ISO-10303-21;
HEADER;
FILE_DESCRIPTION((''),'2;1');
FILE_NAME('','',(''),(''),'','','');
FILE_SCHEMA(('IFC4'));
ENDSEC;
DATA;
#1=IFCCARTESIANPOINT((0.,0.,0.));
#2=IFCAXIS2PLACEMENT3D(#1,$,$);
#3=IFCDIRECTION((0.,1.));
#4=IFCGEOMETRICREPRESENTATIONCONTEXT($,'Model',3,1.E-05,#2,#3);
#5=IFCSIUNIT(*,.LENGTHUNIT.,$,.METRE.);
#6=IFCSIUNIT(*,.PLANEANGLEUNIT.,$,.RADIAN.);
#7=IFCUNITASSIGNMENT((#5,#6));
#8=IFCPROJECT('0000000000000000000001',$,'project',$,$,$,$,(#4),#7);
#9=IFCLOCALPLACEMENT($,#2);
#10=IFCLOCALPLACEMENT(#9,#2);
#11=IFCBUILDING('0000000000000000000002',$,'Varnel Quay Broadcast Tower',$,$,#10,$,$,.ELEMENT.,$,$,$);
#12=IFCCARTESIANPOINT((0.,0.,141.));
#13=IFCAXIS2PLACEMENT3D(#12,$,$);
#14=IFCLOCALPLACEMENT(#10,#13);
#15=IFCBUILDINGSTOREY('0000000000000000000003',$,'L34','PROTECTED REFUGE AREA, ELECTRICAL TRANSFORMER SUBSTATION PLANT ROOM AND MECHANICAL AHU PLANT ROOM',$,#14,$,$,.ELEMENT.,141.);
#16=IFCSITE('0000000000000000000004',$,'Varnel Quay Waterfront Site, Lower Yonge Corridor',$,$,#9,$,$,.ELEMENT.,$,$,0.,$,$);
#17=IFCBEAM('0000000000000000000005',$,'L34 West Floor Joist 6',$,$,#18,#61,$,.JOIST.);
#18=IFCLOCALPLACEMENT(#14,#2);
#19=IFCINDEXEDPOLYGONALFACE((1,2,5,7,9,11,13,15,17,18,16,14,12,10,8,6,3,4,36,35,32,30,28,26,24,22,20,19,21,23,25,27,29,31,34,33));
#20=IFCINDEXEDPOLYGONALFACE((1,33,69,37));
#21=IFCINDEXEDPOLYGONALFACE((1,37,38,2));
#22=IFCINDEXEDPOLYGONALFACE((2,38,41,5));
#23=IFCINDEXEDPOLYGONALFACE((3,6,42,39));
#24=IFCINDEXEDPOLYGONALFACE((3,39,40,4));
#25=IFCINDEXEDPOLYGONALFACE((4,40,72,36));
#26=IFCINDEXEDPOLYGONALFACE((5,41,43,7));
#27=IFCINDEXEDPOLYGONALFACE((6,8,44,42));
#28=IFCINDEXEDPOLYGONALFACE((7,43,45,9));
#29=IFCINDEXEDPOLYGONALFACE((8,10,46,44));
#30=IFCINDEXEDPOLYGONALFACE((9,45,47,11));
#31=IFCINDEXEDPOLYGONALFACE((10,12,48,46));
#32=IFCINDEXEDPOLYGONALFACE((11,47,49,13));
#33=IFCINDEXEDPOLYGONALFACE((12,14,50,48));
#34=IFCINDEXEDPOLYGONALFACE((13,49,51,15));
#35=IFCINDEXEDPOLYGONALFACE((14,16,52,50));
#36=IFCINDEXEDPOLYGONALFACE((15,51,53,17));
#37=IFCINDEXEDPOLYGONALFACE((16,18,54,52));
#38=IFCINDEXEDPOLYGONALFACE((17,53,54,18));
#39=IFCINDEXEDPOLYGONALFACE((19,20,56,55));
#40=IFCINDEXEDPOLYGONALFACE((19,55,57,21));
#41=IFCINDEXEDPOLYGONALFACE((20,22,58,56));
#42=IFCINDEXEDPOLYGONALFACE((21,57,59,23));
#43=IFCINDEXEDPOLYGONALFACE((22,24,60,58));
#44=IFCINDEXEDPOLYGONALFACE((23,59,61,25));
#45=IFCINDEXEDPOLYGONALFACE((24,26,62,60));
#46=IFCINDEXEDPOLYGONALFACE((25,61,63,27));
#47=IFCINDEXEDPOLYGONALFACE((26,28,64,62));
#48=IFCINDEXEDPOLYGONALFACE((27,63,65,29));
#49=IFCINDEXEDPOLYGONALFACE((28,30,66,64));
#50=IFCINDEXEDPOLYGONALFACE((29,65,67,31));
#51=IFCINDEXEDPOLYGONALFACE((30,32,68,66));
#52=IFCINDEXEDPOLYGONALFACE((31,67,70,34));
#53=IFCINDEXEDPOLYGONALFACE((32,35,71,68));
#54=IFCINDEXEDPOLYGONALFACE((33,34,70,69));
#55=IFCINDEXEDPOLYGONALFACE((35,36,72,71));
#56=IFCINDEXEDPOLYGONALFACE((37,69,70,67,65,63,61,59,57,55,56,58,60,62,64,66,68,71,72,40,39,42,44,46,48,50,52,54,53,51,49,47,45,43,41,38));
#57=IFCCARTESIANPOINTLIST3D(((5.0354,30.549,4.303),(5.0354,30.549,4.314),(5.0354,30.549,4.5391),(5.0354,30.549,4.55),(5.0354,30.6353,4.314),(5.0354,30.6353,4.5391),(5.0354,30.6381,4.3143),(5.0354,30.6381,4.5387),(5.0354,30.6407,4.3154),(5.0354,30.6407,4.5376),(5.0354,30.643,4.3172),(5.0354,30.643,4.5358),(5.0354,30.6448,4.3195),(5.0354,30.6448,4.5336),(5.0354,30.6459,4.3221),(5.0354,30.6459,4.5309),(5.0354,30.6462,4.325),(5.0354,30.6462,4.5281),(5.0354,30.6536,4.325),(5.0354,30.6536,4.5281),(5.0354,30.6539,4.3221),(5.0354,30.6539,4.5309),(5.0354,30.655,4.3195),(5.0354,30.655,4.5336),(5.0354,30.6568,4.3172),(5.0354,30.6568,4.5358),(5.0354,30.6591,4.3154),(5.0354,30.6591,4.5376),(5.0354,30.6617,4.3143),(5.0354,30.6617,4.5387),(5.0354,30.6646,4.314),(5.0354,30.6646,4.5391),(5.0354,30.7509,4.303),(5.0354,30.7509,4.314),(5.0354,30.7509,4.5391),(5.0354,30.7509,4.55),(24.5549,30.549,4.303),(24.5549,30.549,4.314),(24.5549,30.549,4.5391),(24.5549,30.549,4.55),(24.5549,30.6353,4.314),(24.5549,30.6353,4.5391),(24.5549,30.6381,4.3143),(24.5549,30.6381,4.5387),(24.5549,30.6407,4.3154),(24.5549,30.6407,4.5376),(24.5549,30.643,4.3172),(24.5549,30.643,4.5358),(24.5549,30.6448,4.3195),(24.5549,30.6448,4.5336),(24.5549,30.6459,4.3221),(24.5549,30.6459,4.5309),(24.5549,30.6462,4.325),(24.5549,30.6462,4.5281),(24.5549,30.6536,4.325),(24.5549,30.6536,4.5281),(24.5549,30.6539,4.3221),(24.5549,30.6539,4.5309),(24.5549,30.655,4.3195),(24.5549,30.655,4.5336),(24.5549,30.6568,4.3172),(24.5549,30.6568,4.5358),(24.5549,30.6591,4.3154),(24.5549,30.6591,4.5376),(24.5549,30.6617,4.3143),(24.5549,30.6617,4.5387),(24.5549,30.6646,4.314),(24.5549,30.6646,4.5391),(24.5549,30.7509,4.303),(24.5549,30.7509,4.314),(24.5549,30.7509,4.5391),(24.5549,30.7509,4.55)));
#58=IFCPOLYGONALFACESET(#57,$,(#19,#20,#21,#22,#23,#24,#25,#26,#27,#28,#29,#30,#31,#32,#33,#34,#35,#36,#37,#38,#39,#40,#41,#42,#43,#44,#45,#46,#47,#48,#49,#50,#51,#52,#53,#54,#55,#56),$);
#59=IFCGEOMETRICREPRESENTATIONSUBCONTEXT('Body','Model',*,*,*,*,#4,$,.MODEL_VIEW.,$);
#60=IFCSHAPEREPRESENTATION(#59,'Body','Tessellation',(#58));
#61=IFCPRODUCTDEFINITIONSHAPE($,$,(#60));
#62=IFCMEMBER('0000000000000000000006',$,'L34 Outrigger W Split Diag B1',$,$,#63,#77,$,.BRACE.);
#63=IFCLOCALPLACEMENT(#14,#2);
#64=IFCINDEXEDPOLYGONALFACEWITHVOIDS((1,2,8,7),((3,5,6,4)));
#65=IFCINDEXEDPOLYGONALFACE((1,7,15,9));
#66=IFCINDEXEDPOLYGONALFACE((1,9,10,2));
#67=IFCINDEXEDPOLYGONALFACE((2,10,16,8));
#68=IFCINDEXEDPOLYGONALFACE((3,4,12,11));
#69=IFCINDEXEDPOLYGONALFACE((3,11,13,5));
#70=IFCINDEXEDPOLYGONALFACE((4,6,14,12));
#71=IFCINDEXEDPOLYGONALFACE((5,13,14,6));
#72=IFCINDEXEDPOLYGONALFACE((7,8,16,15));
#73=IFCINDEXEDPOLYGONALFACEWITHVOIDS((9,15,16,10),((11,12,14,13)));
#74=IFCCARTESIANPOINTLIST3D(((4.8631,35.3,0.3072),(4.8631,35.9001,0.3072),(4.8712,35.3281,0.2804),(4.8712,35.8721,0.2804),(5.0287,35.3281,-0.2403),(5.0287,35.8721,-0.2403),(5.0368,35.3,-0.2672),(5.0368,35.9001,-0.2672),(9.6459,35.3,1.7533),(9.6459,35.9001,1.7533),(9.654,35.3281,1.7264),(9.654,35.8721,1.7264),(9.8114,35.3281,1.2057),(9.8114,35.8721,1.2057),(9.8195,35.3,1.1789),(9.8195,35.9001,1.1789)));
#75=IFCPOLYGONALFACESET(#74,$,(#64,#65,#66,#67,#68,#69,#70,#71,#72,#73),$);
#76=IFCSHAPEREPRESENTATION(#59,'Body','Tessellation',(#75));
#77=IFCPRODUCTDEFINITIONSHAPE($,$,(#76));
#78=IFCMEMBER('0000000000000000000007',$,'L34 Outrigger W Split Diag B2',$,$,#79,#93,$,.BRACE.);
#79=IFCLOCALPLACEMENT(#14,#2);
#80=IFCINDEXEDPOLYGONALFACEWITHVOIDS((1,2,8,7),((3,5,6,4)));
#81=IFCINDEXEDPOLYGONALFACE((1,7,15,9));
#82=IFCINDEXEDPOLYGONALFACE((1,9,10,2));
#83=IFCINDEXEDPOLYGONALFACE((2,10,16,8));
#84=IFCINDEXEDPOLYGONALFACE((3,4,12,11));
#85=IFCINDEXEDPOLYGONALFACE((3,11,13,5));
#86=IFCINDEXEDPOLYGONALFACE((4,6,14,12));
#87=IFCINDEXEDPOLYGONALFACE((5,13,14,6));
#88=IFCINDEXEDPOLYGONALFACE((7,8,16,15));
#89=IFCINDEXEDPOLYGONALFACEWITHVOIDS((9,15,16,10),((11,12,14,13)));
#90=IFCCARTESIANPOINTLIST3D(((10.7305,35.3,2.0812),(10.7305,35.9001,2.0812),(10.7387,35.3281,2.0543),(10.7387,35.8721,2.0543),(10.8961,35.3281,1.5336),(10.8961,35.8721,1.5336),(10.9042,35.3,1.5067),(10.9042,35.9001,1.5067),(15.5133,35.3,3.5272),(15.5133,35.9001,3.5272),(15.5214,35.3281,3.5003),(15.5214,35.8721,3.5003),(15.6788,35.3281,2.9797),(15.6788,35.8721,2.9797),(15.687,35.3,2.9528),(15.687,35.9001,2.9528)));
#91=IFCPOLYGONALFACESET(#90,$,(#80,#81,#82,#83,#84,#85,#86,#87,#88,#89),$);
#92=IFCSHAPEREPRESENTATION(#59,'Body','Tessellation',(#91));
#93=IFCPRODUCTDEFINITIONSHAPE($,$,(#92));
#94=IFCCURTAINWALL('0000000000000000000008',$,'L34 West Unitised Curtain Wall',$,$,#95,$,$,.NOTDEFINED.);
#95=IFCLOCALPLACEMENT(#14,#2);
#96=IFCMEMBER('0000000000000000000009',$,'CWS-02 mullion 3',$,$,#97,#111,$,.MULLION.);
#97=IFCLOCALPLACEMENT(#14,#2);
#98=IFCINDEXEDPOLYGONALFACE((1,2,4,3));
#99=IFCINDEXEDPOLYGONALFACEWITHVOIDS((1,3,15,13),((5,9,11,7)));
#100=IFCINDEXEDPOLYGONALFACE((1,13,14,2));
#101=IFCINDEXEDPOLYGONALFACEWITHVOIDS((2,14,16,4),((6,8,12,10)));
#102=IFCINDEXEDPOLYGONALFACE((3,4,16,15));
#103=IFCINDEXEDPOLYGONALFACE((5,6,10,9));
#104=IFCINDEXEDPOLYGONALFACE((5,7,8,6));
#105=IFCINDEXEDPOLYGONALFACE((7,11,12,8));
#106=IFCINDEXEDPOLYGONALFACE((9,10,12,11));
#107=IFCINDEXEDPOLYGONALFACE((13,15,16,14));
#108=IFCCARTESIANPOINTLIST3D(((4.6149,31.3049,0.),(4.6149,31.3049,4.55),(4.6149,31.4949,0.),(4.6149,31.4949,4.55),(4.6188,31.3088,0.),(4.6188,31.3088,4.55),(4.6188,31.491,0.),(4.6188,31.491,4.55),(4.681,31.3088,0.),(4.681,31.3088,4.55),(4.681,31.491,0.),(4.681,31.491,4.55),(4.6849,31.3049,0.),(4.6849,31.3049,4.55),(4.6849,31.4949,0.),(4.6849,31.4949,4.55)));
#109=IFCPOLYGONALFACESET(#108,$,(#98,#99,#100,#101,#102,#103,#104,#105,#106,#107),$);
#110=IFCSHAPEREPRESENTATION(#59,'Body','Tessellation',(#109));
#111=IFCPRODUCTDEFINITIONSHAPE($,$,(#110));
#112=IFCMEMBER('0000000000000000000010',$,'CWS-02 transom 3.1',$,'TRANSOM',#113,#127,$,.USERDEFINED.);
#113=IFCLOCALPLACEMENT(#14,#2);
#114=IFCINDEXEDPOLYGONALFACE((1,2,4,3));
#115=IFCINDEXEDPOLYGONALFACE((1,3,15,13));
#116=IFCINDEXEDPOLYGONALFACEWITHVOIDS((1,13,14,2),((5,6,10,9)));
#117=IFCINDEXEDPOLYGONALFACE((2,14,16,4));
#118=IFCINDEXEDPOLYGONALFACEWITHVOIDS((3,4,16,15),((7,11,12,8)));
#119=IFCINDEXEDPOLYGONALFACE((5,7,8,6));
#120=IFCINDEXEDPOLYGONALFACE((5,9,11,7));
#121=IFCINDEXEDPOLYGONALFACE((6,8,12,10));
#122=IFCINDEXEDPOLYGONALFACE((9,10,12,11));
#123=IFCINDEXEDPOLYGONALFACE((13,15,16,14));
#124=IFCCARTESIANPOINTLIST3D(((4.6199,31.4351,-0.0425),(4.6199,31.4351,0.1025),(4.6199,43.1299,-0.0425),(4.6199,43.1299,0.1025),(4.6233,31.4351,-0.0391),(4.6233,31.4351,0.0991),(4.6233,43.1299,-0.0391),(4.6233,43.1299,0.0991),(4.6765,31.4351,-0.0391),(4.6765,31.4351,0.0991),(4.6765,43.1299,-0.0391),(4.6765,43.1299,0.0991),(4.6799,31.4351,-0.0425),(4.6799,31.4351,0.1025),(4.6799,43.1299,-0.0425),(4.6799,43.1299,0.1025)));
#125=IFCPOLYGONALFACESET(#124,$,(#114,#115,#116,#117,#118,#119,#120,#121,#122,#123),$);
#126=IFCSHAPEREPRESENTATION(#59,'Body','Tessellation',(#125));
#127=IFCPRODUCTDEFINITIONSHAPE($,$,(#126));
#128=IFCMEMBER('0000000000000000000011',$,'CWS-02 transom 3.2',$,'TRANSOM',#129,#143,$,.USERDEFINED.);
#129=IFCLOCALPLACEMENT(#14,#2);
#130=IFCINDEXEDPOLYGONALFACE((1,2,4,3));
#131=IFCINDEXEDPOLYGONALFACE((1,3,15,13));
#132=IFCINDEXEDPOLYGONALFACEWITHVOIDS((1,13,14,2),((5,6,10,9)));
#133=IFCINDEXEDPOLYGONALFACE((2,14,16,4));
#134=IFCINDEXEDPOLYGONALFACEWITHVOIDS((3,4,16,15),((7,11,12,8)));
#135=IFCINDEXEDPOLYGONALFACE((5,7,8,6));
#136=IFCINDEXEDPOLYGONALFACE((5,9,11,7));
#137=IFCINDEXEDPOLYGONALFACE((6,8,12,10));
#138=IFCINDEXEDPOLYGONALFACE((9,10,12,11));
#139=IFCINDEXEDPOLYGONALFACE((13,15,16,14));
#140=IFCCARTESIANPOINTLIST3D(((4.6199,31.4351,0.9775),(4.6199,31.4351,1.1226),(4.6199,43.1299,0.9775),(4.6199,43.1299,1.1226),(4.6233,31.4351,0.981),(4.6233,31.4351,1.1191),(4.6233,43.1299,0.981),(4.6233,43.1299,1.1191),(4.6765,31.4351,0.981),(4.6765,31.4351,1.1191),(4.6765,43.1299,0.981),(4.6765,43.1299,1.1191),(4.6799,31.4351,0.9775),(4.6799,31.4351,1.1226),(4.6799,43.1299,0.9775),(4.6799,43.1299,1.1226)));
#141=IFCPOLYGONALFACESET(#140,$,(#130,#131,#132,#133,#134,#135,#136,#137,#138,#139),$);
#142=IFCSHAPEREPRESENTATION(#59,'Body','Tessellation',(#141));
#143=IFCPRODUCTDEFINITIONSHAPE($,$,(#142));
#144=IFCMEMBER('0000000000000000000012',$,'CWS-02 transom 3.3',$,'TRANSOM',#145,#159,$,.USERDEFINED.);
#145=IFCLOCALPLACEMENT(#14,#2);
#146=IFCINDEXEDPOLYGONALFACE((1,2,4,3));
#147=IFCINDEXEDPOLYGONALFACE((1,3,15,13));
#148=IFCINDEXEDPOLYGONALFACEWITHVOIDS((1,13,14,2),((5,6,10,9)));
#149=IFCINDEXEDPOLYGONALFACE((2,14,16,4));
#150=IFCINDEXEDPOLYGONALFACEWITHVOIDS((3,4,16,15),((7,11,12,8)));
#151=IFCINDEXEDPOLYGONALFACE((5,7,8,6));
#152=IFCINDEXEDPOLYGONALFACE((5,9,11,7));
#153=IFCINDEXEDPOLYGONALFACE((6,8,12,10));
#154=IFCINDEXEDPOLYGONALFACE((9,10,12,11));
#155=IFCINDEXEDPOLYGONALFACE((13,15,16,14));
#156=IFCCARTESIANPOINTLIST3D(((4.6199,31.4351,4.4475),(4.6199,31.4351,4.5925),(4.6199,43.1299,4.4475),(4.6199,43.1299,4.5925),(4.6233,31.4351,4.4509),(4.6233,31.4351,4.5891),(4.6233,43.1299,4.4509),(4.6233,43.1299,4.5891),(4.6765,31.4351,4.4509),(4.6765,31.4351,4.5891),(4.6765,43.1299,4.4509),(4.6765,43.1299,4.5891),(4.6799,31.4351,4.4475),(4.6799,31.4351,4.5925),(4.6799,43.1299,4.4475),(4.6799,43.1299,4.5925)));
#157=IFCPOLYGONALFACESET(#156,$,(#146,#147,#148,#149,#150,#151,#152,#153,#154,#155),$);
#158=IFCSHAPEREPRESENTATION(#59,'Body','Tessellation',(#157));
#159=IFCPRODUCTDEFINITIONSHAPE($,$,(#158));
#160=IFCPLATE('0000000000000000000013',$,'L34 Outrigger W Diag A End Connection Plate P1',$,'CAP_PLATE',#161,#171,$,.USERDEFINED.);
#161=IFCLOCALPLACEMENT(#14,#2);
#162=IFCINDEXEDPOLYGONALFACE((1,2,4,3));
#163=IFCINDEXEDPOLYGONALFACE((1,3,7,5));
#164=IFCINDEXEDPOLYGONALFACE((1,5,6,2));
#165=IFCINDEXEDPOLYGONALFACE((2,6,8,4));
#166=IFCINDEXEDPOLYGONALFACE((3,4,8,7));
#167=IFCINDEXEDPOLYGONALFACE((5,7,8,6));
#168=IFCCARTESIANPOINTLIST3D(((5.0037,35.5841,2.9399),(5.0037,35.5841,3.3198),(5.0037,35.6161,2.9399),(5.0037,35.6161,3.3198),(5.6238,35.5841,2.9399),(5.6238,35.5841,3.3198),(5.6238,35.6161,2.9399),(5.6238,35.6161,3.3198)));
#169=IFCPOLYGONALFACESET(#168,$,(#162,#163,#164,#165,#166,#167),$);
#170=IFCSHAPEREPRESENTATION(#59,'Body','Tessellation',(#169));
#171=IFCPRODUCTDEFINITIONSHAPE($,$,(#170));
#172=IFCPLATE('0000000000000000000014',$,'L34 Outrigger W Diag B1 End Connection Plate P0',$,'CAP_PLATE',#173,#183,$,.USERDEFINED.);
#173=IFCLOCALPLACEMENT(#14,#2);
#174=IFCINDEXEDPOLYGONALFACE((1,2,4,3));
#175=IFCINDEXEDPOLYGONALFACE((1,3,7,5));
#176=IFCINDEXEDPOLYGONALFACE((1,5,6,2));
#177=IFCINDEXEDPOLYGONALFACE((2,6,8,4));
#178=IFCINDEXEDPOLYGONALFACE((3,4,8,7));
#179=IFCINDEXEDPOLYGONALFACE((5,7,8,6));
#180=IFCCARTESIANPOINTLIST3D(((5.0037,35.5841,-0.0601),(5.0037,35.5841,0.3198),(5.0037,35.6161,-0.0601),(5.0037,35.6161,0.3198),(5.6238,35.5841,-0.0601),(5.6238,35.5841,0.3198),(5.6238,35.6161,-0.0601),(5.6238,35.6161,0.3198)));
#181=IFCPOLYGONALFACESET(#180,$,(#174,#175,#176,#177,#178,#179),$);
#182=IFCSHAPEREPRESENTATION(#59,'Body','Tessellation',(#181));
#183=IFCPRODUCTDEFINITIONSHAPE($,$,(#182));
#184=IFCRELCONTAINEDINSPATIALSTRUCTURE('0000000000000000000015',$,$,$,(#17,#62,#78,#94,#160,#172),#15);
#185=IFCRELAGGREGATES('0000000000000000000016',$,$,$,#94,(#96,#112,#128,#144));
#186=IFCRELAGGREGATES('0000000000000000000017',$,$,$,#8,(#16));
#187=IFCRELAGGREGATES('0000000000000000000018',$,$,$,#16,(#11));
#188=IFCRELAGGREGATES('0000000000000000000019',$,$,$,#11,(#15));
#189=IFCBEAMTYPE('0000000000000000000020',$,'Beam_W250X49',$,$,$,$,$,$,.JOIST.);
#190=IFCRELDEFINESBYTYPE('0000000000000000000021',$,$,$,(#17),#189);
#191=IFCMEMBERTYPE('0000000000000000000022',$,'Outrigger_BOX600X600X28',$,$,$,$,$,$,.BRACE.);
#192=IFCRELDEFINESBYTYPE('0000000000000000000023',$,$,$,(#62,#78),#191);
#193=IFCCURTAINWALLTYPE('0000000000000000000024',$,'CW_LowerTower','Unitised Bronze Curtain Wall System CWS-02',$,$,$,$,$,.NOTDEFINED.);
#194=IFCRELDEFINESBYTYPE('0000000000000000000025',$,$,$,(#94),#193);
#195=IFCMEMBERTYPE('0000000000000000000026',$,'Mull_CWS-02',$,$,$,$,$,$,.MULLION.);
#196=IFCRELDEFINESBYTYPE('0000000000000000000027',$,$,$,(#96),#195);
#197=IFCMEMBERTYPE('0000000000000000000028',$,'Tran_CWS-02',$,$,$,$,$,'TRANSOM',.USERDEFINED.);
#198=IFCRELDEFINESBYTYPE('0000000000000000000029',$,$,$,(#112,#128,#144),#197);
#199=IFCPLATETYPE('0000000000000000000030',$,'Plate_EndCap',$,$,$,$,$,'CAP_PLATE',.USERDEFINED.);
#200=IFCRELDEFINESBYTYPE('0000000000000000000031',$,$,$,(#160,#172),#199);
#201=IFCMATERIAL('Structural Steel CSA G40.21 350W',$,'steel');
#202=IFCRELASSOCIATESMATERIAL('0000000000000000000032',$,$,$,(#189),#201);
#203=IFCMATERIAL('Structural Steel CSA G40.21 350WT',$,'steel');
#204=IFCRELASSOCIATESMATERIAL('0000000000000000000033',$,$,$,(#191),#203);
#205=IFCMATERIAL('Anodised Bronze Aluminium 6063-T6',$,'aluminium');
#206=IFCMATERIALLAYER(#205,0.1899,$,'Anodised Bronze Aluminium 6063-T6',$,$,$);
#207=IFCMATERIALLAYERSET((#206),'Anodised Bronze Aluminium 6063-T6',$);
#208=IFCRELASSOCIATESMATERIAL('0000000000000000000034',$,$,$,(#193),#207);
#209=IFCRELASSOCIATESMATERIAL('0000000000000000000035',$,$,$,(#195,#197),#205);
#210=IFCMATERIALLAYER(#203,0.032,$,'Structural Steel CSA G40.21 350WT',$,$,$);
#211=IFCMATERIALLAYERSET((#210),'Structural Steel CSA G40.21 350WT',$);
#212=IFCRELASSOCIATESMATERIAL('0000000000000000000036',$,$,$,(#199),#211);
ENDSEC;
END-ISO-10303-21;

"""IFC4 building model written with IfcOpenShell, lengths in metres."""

from ifc_helpers import new_model, si_unit, direction, frame, origin, origin_2d, place, context, subcontext, project, spatial, rectangle, hollow_rectangle, i_section, extrude, source, transform, mapped, material, layer, layer_set, material_profile, profile_set, type_object, type_shapes, element, aggregate, save


model = new_model("IFC4")

# Units and contexts
model_context = context("Model", 3, precision=1e-05, world=origin(), true_north=direction((0.0, 1.0)))
body_context = subcontext(model_context, "Body", "Model", "MODEL_VIEW")
ifc_project = project(units=[si_unit("LENGTHUNIT", "METRE"), si_unit("PLANEANGLEUNIT", "RADIAN")], contexts=[model_context])

# Site, building, storey
site_placement = place(None, origin())
site = spatial("IfcSite", under=ifc_project, at=site_placement, Name="Varnel Quay Waterfront Site, Lower Yonge Corridor", CompositionType="ELEMENT", RefElevation=0.0)
building_placement = place(site_placement, origin())
building = spatial("IfcBuilding", under=site, at=building_placement, Name="Varnel Quay Broadcast Tower", CompositionType="ELEMENT")
storey_placement = place(building_placement, frame((0.0, 0.0, 141.0)))
storey = spatial("IfcBuildingStorey", under=building, at=storey_placement, Name="L34", Description="PROTECTED REFUGE AREA, ELECTRICAL TRANSFORMER SUBSTATION PLANT ROOM AND MECHANICAL AHU PLANT ROOM", CompositionType="ELEMENT", Elevation=141.0)

# Shared definitions
ifc_material_1 = material(Name="Structural Steel CSA G40.21 350W", Category="steel")

# Beam
ifc_material_2 = material(Name="Structural Steel CSA G40.21 350WT", Category="steel")
ifc_material_profile_1 = material_profile(ifc_material_1, i_section(OverallWidth=0.2019, OverallDepth=0.2471, WebThickness=0.0073, FlangeThickness=0.011, FilletRadius=0.011, at=origin_2d()), Name="W250X49")
ifc_profile_set_1 = profile_set([ifc_material_profile_1], Name="Structural Steel CSA G40.21 350W")
beam_type_1 = type_object("IfcBeamType", Name="Beam_W250X49", PredefinedType="JOIST", material=ifc_profile_set_1)
shared_shape_1 = source(origin(), body_context, "Body", "SweptSolid", [
    extrude(i_section(OverallWidth=0.2019, OverallDepth=0.2471, WebThickness=0.0073, FlangeThickness=0.011, FilletRadius=0.011, at=origin_2d()), origin(), (0.0, 0.0, 1.0), 19.5195),
])
type_shapes(beam_type_1, [shared_shape_1])
beam_1_placement = place(storey_placement, frame((5.0354, 30.6499, 4.4265), z_axis=(1.0, 0.0, 0.0), x_axis=(0.0, 1.0, 0.0)))
element("IfcBeam", 1, at=beam_1_placement, inside=storey, type_object=beam_type_1, Name="L34 West Floor Joist 6", PredefinedType="JOIST", context=body_context, shape_type="MappedRepresentation", body=[
    mapped(shared_shape_1, transform((0.0, 0.0, 0.0), x_axis=(1.0, 0.0, 0.0), y_axis=(0.0, 1.0, 0.0), z_axis=(0.0, 0.0, 1.0), scale=1.0)),
])

# Members
ifc_material_profile_2 = material_profile(ifc_material_2, hollow_rectangle(XDim=0.6001, YDim=0.6001, WallThickness=0.0281, at=origin_2d()), Name="BOX600X600X28")
ifc_profile_set_2 = profile_set([ifc_material_profile_2], Name="Structural Steel CSA G40.21 350WT")
member_type_1 = type_object("IfcMemberType", Name="Outrigger_BOX600X600X28", PredefinedType="BRACE", material=ifc_profile_set_2)
shared_shape_2 = source(origin(), body_context, "Body", "SweptSolid", [
    extrude(hollow_rectangle(XDim=0.6001, YDim=0.6001, WallThickness=0.0281, at=origin_2d()), origin(), (0.0, 0.0, 1.0), 4.9966),
])
type_shapes(member_type_1, [shared_shape_2])
for number, where, z_axis, x_axis, name in (
    (2, (4.95, 35.6001, 0.02), (0.957205, 0.0, 0.289409), (0.0, 1.0, 0.0), "L34 Outrigger W Split Diag B1"),
    (3, (10.8174, 35.6001, 1.7939), (0.957205, 0.0, 0.289409), (0.0, 1.0, 0.0), "L34 Outrigger W Split Diag B2"),
):
    element("IfcMember", number, at=place(storey_placement, frame(where, z_axis=z_axis, x_axis=x_axis)), inside=storey, type_object=member_type_1, Name=name, PredefinedType="BRACE", context=body_context, shape_type="MappedRepresentation", body=[
        mapped(shared_shape_2, transform((0.0, 0.0, 0.0), x_axis=(1.0, 0.0, 0.0), y_axis=(0.0, 1.0, 0.0), z_axis=(0.0, 0.0, 1.0), scale=1.0)),
    ])

# Curtain wall, members
ifc_material_3 = material(Name="Anodised Bronze Aluminium 6063-T6", Category="aluminium")
ifc_layer_1 = layer(ifc_material_3, 0.1899, Name="Anodised Bronze Aluminium 6063-T6")
ifc_layer_set_1 = layer_set([ifc_layer_1], Name="Anodised Bronze Aluminium 6063-T6")
curtain_wall_type = type_object("IfcCurtainWallType", Name="CW_LowerTower", Description="Unitised Bronze Curtain Wall System CWS-02", PredefinedType="NOTDEFINED", material=ifc_layer_set_1)
curtain_wall_placement = place(storey_placement, origin())
curtain_wall = element("IfcCurtainWall", 4, at=curtain_wall_placement, inside=storey, type_object=curtain_wall_type, Name="L34 West Unitised Curtain Wall", PredefinedType="NOTDEFINED")
ifc_material_profile_3 = material_profile(ifc_material_3, hollow_rectangle(XDim=0.0701, YDim=0.1899, WallThickness=0.0039, at=origin_2d()), Name="ALU70X190X4")
ifc_profile_set_3 = profile_set([ifc_material_profile_3], Name="Anodised Bronze Aluminium 6063-T6")
member_type_2 = type_object("IfcMemberType", Name="Mull_CWS-02", PredefinedType="MULLION", material=ifc_profile_set_3)
shared_shape_3 = source(origin(), body_context, "Body", "SweptSolid", [
    extrude(hollow_rectangle(XDim=0.0701, YDim=0.1899, WallThickness=0.0039, at=origin_2d()), origin(), (0.0, 0.0, 1.0), 4.55),
])
type_shapes(member_type_2, [shared_shape_3])
member_1_placement = place(storey_placement, frame((4.6499, 31.3999, 0.0), z_axis=(0.0, 0.0, 1.0), x_axis=(-1.0, 0.0, 0.0)))
member_1 = element("IfcMember", 5, at=member_1_placement, type_object=member_type_2, Name="CWS-02 mullion 3", PredefinedType="MULLION", context=body_context, shape_type="MappedRepresentation", body=[
    mapped(shared_shape_3, transform((0.0, 0.0, 0.0), x_axis=(1.0, 0.0, 0.0), y_axis=(0.0, 1.0, 0.0), z_axis=(0.0, 0.0, 1.0), scale=1.0)),
])
ifc_material_profile_4 = material_profile(ifc_material_3, hollow_rectangle(XDim=0.0601, YDim=0.145, WallThickness=0.0034, at=origin_2d()), Name="ALU60X145X3.5")
ifc_profile_set_4 = profile_set([ifc_material_profile_4], Name="Anodised Bronze Aluminium 6063-T6")
member_type_3 = type_object("IfcMemberType", Name="Tran_CWS-02", ElementType="TRANSOM", PredefinedType="USERDEFINED", material=ifc_profile_set_4)
shared_shape_4 = source(origin(), body_context, "Body", "SweptSolid", [
    extrude(hollow_rectangle(XDim=0.0601, YDim=0.145, WallThickness=0.0034, at=origin_2d()), origin(), (0.0, 0.0, 1.0), 11.6948),
])
type_shapes(member_type_3, [shared_shape_4])
member_2_placement = place(storey_placement, frame((4.6499, 31.4351, 0.03), z_axis=(0.0, 1.0, 0.0), x_axis=(-1.0, 0.0, 0.0)))
member_2 = element("IfcMember", 6, at=member_2_placement, type_object=member_type_3, Name="CWS-02 transom 3.1", ObjectType="TRANSOM", PredefinedType="USERDEFINED", context=body_context, shape_type="MappedRepresentation", body=[
    mapped(shared_shape_4, transform((0.0, 0.0, 0.0), x_axis=(1.0, 0.0, 0.0), y_axis=(0.0, 1.0, 0.0), z_axis=(0.0, 0.0, 1.0), scale=1.0)),
])
member_3_placement = place(storey_placement, frame((4.6499, 31.4351, 1.05), z_axis=(0.0, 1.0, 0.0), x_axis=(-1.0, 0.0, 0.0)))
member_3 = element("IfcMember", 7, at=member_3_placement, type_object=member_type_3, Name="CWS-02 transom 3.2", ObjectType="TRANSOM", PredefinedType="USERDEFINED", context=body_context, shape_type="MappedRepresentation", body=[
    mapped(shared_shape_4, transform((0.0, 0.0, 0.0), x_axis=(1.0, 0.0, 0.0), y_axis=(0.0, 1.0, 0.0), z_axis=(0.0, 0.0, 1.0), scale=1.0)),
])
member_4_placement = place(storey_placement, frame((4.6499, 31.4351, 4.52), z_axis=(0.0, 1.0, 0.0), x_axis=(-1.0, 0.0, 0.0)))
member_4 = element("IfcMember", 8, at=member_4_placement, type_object=member_type_3, Name="CWS-02 transom 3.3", ObjectType="TRANSOM", PredefinedType="USERDEFINED", context=body_context, shape_type="MappedRepresentation", body=[
    mapped(shared_shape_4, transform((0.0, 0.0, 0.0), x_axis=(1.0, 0.0, 0.0), y_axis=(0.0, 1.0, 0.0), z_axis=(0.0, 0.0, 1.0), scale=1.0)),
])

# Plates
ifc_layer_2 = layer(ifc_material_2, 0.032, Name="Structural Steel CSA G40.21 350WT")
ifc_layer_set_2 = layer_set([ifc_layer_2], Name="Structural Steel CSA G40.21 350WT")
plate_type_1 = type_object("IfcPlateType", Name="Plate_EndCap", ElementType="CAP_PLATE", PredefinedType="USERDEFINED", material=ifc_layer_set_2)
shared_shape_5 = source(origin(), body_context, "Body", "SweptSolid", [
    extrude(rectangle(XDim=0.6201, YDim=0.032, at=origin_2d()), origin(), (0.0, 0.0, 1.0), 0.3799),
])
type_shapes(plate_type_1, [shared_shape_5])
for number, where, z_axis, x_axis, name in (
    (9, (5.3137, 35.6001, 2.9399), (0.0, 0.0, 1.0), (1.0, 0.0, 0.0), "L34 Outrigger W Diag A End Connection Plate P1"),
    (10, (5.3137, 35.6001, -0.0601), (0.0, 0.0, 1.0), (1.0, 0.0, 0.0), "L34 Outrigger W Diag B1 End Connection Plate P0"),
):
    element("IfcPlate", number, at=place(storey_placement, frame(where, z_axis=z_axis, x_axis=x_axis)), inside=storey, type_object=plate_type_1, Name=name, ObjectType="CAP_PLATE", PredefinedType="USERDEFINED", context=body_context, shape_type="MappedRepresentation", body=[
        mapped(shared_shape_5, transform((0.0, 0.0, 0.0), x_axis=(1.0, 0.0, 0.0), y_axis=(0.0, 1.0, 0.0), z_axis=(0.0, 0.0, 1.0), scale=1.0)),
    ])

aggregate(curtain_wall, [member_1, member_2, member_3, member_4])

save(model, "model.ifc")
